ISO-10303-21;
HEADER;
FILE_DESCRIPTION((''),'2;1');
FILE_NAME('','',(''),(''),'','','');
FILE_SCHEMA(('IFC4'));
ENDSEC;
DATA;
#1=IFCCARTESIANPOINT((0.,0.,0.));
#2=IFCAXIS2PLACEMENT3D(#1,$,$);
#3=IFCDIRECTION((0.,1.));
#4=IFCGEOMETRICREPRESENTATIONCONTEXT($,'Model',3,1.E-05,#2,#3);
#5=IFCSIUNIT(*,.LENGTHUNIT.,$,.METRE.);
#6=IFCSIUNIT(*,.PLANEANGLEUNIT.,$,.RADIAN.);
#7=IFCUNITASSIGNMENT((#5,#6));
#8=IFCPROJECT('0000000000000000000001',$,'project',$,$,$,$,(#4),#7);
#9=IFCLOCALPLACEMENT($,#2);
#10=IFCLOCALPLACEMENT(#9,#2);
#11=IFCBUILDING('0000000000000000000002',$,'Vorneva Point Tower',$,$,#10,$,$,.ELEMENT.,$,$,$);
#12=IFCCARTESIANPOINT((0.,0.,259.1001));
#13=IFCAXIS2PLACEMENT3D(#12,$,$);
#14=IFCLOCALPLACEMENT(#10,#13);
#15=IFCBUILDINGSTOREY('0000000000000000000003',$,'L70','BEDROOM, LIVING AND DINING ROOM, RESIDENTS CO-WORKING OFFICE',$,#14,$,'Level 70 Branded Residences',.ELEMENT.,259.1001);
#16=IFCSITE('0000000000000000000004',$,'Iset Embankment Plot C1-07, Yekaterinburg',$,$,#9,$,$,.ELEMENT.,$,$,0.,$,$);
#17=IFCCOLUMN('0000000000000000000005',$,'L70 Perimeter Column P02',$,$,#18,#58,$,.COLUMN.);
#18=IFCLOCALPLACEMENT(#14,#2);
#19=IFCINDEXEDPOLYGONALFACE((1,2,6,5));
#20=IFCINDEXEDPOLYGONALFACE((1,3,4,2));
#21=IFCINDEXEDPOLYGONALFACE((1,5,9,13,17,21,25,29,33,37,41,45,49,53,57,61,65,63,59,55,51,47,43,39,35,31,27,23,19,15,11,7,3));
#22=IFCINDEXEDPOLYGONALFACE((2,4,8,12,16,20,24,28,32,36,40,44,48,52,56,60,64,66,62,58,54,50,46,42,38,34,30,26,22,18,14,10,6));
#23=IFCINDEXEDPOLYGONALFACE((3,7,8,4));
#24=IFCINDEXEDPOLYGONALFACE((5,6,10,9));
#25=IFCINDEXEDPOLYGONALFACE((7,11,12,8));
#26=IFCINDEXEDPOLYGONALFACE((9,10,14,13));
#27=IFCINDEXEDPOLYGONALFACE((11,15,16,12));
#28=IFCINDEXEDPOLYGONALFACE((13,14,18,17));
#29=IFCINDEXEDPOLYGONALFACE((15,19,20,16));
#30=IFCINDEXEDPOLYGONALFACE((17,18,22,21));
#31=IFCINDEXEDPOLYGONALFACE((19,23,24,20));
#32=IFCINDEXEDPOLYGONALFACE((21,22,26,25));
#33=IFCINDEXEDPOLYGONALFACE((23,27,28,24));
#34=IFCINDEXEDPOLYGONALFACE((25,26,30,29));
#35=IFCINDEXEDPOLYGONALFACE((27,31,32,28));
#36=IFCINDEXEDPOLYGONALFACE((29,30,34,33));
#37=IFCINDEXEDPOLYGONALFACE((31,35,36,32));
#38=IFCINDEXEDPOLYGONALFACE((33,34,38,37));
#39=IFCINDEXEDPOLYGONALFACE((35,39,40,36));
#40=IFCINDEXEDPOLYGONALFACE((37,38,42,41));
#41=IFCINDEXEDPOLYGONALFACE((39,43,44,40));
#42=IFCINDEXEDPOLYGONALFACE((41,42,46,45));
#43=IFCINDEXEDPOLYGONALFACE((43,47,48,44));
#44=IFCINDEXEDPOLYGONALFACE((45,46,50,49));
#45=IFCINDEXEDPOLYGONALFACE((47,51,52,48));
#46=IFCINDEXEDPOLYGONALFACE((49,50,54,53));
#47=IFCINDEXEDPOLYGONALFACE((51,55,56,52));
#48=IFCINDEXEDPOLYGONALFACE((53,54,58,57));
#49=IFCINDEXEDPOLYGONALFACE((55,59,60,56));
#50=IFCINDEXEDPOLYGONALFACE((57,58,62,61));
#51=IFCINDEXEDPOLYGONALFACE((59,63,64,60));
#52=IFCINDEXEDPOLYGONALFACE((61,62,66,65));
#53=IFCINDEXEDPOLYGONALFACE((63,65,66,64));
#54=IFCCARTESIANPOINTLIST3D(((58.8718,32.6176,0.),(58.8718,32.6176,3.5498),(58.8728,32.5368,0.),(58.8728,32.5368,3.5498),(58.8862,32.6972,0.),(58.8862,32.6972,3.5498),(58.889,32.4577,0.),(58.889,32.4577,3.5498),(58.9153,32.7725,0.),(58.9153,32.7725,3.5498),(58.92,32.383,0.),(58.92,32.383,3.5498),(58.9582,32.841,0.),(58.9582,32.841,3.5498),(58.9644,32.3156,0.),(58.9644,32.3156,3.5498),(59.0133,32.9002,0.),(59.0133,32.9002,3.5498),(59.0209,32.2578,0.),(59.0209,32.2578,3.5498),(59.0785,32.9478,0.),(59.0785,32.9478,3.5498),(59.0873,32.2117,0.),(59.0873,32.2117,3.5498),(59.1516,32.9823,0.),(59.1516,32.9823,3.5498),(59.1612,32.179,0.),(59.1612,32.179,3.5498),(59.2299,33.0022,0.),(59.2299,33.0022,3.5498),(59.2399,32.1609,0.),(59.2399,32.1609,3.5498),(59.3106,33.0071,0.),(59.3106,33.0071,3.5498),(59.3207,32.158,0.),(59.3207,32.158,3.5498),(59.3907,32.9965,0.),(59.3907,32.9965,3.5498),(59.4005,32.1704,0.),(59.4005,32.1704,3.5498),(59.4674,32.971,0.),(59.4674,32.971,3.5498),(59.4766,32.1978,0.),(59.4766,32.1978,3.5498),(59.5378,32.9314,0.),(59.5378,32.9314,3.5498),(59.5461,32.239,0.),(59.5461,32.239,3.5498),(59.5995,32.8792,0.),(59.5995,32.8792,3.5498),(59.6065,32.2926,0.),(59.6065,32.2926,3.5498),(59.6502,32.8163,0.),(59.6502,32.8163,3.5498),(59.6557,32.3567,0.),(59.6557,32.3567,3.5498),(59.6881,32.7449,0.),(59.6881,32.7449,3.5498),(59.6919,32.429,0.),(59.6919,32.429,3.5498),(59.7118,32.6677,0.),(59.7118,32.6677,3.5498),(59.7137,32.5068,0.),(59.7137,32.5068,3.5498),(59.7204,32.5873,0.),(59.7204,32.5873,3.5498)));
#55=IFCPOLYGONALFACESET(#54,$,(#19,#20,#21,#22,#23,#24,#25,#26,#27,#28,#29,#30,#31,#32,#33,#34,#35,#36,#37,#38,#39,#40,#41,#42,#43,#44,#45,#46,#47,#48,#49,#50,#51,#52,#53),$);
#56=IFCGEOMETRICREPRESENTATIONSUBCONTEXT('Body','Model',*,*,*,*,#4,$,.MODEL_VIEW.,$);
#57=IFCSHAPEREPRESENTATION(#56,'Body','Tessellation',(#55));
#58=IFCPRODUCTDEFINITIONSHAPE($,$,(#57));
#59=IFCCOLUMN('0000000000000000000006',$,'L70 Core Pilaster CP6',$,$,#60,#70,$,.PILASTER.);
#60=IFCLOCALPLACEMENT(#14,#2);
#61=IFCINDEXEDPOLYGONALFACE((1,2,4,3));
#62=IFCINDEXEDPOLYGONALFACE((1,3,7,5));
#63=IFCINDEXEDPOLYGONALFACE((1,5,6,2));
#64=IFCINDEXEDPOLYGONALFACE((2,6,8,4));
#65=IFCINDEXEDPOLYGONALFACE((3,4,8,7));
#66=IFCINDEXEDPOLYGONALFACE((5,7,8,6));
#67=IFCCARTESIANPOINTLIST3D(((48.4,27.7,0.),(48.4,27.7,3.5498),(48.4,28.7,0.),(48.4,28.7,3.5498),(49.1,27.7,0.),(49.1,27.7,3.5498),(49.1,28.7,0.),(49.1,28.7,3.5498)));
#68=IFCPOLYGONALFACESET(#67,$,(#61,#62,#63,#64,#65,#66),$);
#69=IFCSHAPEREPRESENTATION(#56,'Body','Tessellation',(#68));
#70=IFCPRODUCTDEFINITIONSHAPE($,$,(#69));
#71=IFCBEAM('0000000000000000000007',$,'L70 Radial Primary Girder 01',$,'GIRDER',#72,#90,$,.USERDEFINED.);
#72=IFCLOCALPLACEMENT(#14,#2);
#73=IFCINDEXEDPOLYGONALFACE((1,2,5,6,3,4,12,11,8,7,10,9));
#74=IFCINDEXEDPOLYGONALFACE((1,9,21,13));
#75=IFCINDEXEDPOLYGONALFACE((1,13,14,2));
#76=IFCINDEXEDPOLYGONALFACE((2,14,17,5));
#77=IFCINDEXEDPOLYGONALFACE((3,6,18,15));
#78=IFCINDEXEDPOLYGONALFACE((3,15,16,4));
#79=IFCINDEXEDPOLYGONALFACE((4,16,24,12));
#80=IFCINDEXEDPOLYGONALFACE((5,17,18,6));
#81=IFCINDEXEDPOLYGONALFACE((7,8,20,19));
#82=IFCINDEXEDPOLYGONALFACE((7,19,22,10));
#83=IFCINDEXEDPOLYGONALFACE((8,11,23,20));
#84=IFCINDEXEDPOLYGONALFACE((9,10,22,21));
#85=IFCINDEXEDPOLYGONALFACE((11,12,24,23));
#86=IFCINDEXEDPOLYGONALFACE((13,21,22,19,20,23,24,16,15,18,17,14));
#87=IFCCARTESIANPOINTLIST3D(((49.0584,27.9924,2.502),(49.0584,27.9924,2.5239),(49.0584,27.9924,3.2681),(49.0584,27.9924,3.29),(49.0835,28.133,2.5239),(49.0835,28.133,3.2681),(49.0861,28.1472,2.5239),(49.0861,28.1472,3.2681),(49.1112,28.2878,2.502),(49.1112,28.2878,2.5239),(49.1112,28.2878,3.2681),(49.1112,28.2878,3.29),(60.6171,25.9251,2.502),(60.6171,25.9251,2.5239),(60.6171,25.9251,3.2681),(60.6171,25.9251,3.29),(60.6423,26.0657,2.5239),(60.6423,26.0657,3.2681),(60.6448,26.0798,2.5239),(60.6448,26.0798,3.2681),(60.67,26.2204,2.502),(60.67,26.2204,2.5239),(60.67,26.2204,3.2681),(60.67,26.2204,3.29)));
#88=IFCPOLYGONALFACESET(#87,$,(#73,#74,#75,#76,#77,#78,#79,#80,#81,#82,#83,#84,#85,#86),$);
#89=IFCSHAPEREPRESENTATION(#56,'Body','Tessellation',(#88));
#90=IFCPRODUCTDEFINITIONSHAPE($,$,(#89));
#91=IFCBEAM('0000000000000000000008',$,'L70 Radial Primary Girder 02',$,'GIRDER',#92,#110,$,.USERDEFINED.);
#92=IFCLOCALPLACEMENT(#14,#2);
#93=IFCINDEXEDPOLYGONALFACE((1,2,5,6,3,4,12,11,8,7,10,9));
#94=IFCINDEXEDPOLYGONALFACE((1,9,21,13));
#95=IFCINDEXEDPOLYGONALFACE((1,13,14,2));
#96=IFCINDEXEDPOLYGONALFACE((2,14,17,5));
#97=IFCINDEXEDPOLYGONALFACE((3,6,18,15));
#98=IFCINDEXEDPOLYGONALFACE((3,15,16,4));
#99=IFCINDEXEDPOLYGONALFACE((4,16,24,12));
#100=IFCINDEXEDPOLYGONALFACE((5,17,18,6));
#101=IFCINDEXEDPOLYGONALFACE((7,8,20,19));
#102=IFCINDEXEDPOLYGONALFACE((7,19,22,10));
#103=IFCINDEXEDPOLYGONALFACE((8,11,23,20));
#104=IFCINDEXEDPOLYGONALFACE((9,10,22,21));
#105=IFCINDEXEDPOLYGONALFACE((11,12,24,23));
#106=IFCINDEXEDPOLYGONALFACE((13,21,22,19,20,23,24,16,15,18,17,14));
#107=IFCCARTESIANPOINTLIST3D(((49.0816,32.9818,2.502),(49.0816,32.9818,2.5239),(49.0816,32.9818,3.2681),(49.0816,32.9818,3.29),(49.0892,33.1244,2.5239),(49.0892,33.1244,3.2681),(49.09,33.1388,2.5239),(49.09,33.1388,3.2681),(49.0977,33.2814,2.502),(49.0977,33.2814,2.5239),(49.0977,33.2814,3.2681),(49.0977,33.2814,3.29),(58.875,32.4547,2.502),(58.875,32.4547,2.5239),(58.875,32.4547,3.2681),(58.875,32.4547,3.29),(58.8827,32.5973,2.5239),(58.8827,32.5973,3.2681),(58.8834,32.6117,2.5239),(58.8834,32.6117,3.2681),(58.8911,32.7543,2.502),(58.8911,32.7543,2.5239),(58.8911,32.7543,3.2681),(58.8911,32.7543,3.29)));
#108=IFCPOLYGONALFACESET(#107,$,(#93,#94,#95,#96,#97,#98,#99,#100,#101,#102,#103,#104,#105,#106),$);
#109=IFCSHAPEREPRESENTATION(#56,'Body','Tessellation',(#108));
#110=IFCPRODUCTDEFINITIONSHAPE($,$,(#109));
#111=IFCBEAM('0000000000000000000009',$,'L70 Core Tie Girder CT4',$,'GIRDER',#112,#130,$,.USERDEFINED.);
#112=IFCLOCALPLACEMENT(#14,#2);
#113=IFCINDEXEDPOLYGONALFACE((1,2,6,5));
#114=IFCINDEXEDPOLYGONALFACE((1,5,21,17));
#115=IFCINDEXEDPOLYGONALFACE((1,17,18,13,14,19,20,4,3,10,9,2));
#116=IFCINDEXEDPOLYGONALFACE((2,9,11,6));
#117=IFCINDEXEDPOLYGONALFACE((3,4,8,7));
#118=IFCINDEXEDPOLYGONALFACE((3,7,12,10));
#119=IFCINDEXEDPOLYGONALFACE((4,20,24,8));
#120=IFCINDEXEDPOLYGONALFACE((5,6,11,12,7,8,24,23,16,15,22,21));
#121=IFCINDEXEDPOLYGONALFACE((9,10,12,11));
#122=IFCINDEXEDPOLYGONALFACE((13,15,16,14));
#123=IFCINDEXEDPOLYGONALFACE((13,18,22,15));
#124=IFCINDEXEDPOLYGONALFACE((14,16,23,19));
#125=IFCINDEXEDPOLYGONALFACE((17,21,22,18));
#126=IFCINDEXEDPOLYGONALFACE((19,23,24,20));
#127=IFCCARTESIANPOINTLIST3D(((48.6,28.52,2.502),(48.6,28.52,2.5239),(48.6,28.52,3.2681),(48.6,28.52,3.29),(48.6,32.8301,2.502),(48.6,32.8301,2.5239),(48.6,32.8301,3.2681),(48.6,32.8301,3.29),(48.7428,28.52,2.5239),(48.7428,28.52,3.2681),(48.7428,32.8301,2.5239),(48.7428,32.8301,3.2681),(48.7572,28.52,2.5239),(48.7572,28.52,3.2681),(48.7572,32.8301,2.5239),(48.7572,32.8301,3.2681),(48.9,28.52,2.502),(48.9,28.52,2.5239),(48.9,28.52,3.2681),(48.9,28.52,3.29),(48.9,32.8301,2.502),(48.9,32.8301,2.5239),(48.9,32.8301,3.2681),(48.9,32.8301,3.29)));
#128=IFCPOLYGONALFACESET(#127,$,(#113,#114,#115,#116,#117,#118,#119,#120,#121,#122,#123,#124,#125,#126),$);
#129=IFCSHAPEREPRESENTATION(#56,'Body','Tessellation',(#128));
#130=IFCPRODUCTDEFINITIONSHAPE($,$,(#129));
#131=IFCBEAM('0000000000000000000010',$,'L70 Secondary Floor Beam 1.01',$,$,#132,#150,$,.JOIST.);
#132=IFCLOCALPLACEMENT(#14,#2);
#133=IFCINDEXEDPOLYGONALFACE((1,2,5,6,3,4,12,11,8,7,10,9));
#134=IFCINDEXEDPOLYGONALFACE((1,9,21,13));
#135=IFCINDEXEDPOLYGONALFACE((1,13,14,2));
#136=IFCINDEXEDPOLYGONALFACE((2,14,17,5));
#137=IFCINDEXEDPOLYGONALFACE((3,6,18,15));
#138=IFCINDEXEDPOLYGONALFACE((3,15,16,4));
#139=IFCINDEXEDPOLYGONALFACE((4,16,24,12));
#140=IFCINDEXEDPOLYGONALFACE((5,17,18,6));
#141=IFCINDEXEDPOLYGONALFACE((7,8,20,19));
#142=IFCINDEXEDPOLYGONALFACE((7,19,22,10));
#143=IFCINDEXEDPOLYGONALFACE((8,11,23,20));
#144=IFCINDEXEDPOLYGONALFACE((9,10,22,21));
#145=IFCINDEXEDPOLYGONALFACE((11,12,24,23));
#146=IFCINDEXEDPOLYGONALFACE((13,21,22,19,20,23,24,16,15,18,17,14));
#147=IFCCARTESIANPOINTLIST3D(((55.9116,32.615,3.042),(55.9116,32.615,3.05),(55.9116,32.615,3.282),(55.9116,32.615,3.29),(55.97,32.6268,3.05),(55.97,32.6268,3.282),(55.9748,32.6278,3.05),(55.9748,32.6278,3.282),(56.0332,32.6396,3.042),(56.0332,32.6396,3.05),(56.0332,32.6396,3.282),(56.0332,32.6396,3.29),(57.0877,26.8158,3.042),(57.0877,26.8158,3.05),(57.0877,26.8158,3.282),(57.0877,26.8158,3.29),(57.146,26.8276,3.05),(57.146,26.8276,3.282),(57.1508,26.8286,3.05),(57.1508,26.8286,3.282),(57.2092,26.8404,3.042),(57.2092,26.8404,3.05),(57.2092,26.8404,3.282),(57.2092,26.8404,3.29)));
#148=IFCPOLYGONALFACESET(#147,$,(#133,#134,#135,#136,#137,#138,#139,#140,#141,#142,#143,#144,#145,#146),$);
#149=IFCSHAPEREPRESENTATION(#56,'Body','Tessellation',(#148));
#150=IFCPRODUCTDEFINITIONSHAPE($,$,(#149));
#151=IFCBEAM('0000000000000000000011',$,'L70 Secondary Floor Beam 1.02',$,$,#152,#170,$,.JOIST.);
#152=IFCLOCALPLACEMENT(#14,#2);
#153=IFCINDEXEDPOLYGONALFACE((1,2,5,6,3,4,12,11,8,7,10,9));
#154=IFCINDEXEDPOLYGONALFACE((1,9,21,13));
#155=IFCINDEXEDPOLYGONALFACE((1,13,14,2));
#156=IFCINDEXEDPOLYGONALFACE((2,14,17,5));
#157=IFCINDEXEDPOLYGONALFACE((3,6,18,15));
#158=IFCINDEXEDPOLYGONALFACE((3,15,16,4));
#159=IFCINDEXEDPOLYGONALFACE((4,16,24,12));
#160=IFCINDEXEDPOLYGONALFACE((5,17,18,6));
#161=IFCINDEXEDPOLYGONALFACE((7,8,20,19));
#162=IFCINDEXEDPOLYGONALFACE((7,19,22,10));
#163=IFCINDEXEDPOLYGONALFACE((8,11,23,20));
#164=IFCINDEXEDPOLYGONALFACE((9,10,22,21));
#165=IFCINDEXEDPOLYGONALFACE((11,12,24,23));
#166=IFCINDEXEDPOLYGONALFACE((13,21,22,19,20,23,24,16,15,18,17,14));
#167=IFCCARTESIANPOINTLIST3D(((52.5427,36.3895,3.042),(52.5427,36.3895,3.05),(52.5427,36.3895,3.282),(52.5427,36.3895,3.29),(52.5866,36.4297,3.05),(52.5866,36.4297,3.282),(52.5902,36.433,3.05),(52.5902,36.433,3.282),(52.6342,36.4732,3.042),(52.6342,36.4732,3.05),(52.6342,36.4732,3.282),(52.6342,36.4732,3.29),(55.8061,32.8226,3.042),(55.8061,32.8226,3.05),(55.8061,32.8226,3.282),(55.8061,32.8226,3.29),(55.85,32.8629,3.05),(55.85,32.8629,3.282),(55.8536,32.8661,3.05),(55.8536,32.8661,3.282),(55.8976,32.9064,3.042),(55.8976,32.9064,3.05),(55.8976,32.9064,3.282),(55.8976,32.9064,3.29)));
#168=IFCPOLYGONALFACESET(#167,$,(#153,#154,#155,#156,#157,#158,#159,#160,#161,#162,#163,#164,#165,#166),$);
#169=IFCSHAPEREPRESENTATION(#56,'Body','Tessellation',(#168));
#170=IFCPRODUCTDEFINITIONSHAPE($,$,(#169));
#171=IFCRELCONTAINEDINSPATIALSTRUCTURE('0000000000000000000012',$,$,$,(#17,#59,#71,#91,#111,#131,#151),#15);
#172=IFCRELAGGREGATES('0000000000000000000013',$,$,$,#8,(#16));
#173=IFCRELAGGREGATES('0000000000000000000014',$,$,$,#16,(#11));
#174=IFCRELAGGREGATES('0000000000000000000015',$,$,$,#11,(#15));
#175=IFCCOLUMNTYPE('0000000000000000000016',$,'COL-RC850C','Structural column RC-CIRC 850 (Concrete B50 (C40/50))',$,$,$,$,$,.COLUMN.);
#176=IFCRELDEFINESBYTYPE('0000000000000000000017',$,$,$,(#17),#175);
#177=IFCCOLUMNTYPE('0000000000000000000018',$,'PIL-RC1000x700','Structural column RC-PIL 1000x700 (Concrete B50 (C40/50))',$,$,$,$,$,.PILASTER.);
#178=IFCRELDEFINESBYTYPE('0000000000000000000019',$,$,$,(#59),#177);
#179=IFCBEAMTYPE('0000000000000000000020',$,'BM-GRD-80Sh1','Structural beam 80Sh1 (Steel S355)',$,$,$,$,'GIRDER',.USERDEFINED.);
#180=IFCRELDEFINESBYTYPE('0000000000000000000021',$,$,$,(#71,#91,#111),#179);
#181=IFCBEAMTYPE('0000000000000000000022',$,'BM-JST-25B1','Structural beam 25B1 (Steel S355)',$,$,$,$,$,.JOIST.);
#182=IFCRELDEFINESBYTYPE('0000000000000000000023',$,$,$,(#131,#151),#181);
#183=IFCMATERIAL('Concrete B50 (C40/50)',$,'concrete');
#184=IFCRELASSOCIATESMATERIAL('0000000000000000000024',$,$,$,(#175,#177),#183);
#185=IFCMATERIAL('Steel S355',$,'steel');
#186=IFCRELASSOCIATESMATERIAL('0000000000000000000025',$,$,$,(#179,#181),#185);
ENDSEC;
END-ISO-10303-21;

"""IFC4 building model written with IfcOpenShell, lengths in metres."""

from ifc_helpers import new_model, si_unit, direction, frame, origin, origin_2d, place, context, subcontext, project, spatial, rectangle, circle, i_section, extrude, material, material_profile, profile_set, type_object, element, save


model = new_model("IFC4")

# Units and contexts
model_context = context("Model", 3, precision=1e-05, world=origin(), true_north=direction((0.0, 1.0)))
body_context = subcontext(model_context, "Body", "Model", "MODEL_VIEW")
ifc_project = project(units=[si_unit("LENGTHUNIT", "METRE"), si_unit("PLANEANGLEUNIT", "RADIAN")], contexts=[model_context])

# Site, building, storey
site_placement = place(None, origin())
site = spatial("IfcSite", under=ifc_project, at=site_placement, Name="Iset Embankment Plot C1-07, Yekaterinburg", CompositionType="ELEMENT", RefElevation=0.0)
building_placement = place(site_placement, origin())
building = spatial("IfcBuilding", under=site, at=building_placement, Name="Vorneva Point Tower", CompositionType="ELEMENT")
storey_placement = place(building_placement, frame((0.0, 0.0, 259.1001)))
storey = spatial("IfcBuildingStorey", under=building, at=storey_placement, Name="L70", Description="BEDROOM, LIVING AND DINING ROOM, RESIDENTS CO-WORKING OFFICE", LongName="Level 70 Branded Residences", CompositionType="ELEMENT", Elevation=259.1001)

# Columns
ifc_material_1 = material(Name="Concrete B50 (C40/50)", Category="concrete")
ifc_material_profile_1 = material_profile(ifc_material_1, circle(Radius=0.425, at=origin_2d()), Name="RC-CIRC 850")
ifc_profile_set_1 = profile_set([ifc_material_profile_1], Name="Concrete B50 (C40/50)")
column_type_1 = type_object("IfcColumnType", Name="COL-RC850C", Description="Structural column RC-CIRC 850 (Concrete B50 (C40/50))", PredefinedType="COLUMN", material=ifc_profile_set_1)
column_1_placement = place(storey_placement, frame((59.2954, 32.5823, 0.0), z_axis=(0.0, 0.0, 1.0), x_axis=(0.92388, 0.382683, 0.0)))
element("IfcColumn", 1, at=column_1_placement, inside=storey, type_object=column_type_1, Name="L70 Perimeter Column P02", PredefinedType="COLUMN", context=body_context, shape_type="SweptSolid", body=[
    extrude(circle(Radius=0.425, at=origin_2d()), origin(), (0.0, 0.0, 1.0), 3.5498),
])
ifc_material_profile_2 = material_profile(ifc_material_1, rectangle(XDim=0.7, YDim=1.0, at=origin_2d()), Name="RC-PIL 1000x700")
ifc_profile_set_2 = profile_set([ifc_material_profile_2], Name="Concrete B50 (C40/50)")
column_type_2 = type_object("IfcColumnType", Name="PIL-RC1000x700", Description="Structural column RC-PIL 1000x700 (Concrete B50 (C40/50))", PredefinedType="PILASTER", material=ifc_profile_set_2)
column_2_placement = place(storey_placement, frame((48.75, 28.2, 0.0), z_axis=(0.0, 0.0, 1.0), x_axis=(1.0, 0.0, 0.0)))
element("IfcColumn", 2, at=column_2_placement, inside=storey, type_object=column_type_2, Name="L70 Core Pilaster CP6", PredefinedType="PILASTER", context=body_context, shape_type="SweptSolid", body=[
    extrude(rectangle(XDim=0.7, YDim=1.0, at=origin_2d()), origin(), (0.0, 0.0, 1.0), 3.5498),
])

# Beams
ifc_material_2 = material(Name="Steel S355", Category="steel")
ifc_material_profile_3 = material_profile(ifc_material_2, i_section(OverallWidth=0.3, OverallDepth=0.7881, WebThickness=0.0144, FlangeThickness=0.022, at=origin_2d()), Name="80Sh1")
ifc_profile_set_3 = profile_set([ifc_material_profile_3], Name="Steel S355")
beam_type_1 = type_object("IfcBeamType", Name="BM-GRD-80Sh1", Description="Structural beam 80Sh1 (Steel S355)", ElementType="GIRDER", PredefinedType="USERDEFINED", material=ifc_profile_set_3)
beam_1_placement = place(storey_placement, frame((60.6436, 26.0728, 2.896), z_axis=(-0.984379, 0.176063, 0.0), x_axis=(-0.176063, -0.984379, 0.0)))
element("IfcBeam", 3, at=beam_1_placement, inside=storey, type_object=beam_type_1, Name="L70 Radial Primary Girder 01", ObjectType="GIRDER", PredefinedType="USERDEFINED", context=body_context, shape_type="SweptSolid", body=[
    extrude(i_section(OverallWidth=0.3, OverallDepth=0.7881, WebThickness=0.0144, FlangeThickness=0.022, at=origin_2d()), origin(), (0.0, 0.0, 1.0), 11.7422),
])
beam_2_placement = place(storey_placement, frame((58.8831, 32.6045, 2.896), z_axis=(-0.998555, 0.053744, 0.0), x_axis=(-0.053744, -0.998555, 0.0)))
element("IfcBeam", 4, at=beam_2_placement, inside=storey, type_object=beam_type_1, Name="L70 Radial Primary Girder 02", ObjectType="GIRDER", PredefinedType="USERDEFINED", context=body_context, shape_type="SweptSolid", body=[
    extrude(i_section(OverallWidth=0.3, OverallDepth=0.7881, WebThickness=0.0144, FlangeThickness=0.022, at=origin_2d()), origin(), (0.0, 0.0, 1.0), 9.8076),
])
beam_3_placement = place(storey_placement, frame((48.75, 28.52, 2.896), z_axis=(0.0, 1.0, 0.0), x_axis=(-1.0, 0.0, 0.0)))
element("IfcBeam", 5, at=beam_3_placement, inside=storey, type_object=beam_type_1, Name="L70 Core Tie Girder CT4", ObjectType="GIRDER", PredefinedType="USERDEFINED", context=body_context, shape_type="SweptSolid", body=[
    extrude(i_section(OverallWidth=0.3, OverallDepth=0.7881, WebThickness=0.0144, FlangeThickness=0.022, at=origin_2d()), origin(), (0.0, 0.0, 1.0), 4.3101),
])
ifc_material_profile_4 = material_profile(ifc_material_2, i_section(OverallWidth=0.124, OverallDepth=0.248, WebThickness=0.0049, FlangeThickness=0.0081, at=origin_2d()), Name="25B1")
ifc_profile_set_4 = profile_set([ifc_material_profile_4], Name="Steel S355")
beam_type_2 = type_object("IfcBeamType", Name="BM-JST-25B1", Description="Structural beam 25B1 (Steel S355)", PredefinedType="JOIST", material=ifc_profile_set_4)
beam_4_placement = place(storey_placement, frame((57.1484, 26.8281, 3.166), z_axis=(-0.19875, 0.98005, 0.0), x_axis=(-0.98005, -0.19875, 0.0)))
element("IfcBeam", 6, at=beam_4_placement, inside=storey, type_object=beam_type_2, Name="L70 Secondary Floor Beam 1.01", PredefinedType="JOIST", context=body_context, shape_type="SweptSolid", body=[
    extrude(i_section(OverallWidth=0.124, OverallDepth=0.248, WebThickness=0.0049, FlangeThickness=0.0081, at=origin_2d()), origin(), (0.0, 0.0, 1.0), 5.9172),
])
beam_5_placement = place(storey_placement, frame((55.8518, 32.8645, 3.166), z_axis=(-0.675025, 0.737795, 0.0), x_axis=(-0.737795, -0.675025, 0.0)))
element("IfcBeam", 7, at=beam_5_placement, inside=storey, type_object=beam_type_2, Name="L70 Secondary Floor Beam 1.02", PredefinedType="JOIST", context=body_context, shape_type="SweptSolid", body=[
    extrude(i_section(OverallWidth=0.124, OverallDepth=0.248, WebThickness=0.0049, FlangeThickness=0.0081, at=origin_2d()), origin(), (0.0, 0.0, 1.0), 4.8345),
])

save(model, "model.ifc")
